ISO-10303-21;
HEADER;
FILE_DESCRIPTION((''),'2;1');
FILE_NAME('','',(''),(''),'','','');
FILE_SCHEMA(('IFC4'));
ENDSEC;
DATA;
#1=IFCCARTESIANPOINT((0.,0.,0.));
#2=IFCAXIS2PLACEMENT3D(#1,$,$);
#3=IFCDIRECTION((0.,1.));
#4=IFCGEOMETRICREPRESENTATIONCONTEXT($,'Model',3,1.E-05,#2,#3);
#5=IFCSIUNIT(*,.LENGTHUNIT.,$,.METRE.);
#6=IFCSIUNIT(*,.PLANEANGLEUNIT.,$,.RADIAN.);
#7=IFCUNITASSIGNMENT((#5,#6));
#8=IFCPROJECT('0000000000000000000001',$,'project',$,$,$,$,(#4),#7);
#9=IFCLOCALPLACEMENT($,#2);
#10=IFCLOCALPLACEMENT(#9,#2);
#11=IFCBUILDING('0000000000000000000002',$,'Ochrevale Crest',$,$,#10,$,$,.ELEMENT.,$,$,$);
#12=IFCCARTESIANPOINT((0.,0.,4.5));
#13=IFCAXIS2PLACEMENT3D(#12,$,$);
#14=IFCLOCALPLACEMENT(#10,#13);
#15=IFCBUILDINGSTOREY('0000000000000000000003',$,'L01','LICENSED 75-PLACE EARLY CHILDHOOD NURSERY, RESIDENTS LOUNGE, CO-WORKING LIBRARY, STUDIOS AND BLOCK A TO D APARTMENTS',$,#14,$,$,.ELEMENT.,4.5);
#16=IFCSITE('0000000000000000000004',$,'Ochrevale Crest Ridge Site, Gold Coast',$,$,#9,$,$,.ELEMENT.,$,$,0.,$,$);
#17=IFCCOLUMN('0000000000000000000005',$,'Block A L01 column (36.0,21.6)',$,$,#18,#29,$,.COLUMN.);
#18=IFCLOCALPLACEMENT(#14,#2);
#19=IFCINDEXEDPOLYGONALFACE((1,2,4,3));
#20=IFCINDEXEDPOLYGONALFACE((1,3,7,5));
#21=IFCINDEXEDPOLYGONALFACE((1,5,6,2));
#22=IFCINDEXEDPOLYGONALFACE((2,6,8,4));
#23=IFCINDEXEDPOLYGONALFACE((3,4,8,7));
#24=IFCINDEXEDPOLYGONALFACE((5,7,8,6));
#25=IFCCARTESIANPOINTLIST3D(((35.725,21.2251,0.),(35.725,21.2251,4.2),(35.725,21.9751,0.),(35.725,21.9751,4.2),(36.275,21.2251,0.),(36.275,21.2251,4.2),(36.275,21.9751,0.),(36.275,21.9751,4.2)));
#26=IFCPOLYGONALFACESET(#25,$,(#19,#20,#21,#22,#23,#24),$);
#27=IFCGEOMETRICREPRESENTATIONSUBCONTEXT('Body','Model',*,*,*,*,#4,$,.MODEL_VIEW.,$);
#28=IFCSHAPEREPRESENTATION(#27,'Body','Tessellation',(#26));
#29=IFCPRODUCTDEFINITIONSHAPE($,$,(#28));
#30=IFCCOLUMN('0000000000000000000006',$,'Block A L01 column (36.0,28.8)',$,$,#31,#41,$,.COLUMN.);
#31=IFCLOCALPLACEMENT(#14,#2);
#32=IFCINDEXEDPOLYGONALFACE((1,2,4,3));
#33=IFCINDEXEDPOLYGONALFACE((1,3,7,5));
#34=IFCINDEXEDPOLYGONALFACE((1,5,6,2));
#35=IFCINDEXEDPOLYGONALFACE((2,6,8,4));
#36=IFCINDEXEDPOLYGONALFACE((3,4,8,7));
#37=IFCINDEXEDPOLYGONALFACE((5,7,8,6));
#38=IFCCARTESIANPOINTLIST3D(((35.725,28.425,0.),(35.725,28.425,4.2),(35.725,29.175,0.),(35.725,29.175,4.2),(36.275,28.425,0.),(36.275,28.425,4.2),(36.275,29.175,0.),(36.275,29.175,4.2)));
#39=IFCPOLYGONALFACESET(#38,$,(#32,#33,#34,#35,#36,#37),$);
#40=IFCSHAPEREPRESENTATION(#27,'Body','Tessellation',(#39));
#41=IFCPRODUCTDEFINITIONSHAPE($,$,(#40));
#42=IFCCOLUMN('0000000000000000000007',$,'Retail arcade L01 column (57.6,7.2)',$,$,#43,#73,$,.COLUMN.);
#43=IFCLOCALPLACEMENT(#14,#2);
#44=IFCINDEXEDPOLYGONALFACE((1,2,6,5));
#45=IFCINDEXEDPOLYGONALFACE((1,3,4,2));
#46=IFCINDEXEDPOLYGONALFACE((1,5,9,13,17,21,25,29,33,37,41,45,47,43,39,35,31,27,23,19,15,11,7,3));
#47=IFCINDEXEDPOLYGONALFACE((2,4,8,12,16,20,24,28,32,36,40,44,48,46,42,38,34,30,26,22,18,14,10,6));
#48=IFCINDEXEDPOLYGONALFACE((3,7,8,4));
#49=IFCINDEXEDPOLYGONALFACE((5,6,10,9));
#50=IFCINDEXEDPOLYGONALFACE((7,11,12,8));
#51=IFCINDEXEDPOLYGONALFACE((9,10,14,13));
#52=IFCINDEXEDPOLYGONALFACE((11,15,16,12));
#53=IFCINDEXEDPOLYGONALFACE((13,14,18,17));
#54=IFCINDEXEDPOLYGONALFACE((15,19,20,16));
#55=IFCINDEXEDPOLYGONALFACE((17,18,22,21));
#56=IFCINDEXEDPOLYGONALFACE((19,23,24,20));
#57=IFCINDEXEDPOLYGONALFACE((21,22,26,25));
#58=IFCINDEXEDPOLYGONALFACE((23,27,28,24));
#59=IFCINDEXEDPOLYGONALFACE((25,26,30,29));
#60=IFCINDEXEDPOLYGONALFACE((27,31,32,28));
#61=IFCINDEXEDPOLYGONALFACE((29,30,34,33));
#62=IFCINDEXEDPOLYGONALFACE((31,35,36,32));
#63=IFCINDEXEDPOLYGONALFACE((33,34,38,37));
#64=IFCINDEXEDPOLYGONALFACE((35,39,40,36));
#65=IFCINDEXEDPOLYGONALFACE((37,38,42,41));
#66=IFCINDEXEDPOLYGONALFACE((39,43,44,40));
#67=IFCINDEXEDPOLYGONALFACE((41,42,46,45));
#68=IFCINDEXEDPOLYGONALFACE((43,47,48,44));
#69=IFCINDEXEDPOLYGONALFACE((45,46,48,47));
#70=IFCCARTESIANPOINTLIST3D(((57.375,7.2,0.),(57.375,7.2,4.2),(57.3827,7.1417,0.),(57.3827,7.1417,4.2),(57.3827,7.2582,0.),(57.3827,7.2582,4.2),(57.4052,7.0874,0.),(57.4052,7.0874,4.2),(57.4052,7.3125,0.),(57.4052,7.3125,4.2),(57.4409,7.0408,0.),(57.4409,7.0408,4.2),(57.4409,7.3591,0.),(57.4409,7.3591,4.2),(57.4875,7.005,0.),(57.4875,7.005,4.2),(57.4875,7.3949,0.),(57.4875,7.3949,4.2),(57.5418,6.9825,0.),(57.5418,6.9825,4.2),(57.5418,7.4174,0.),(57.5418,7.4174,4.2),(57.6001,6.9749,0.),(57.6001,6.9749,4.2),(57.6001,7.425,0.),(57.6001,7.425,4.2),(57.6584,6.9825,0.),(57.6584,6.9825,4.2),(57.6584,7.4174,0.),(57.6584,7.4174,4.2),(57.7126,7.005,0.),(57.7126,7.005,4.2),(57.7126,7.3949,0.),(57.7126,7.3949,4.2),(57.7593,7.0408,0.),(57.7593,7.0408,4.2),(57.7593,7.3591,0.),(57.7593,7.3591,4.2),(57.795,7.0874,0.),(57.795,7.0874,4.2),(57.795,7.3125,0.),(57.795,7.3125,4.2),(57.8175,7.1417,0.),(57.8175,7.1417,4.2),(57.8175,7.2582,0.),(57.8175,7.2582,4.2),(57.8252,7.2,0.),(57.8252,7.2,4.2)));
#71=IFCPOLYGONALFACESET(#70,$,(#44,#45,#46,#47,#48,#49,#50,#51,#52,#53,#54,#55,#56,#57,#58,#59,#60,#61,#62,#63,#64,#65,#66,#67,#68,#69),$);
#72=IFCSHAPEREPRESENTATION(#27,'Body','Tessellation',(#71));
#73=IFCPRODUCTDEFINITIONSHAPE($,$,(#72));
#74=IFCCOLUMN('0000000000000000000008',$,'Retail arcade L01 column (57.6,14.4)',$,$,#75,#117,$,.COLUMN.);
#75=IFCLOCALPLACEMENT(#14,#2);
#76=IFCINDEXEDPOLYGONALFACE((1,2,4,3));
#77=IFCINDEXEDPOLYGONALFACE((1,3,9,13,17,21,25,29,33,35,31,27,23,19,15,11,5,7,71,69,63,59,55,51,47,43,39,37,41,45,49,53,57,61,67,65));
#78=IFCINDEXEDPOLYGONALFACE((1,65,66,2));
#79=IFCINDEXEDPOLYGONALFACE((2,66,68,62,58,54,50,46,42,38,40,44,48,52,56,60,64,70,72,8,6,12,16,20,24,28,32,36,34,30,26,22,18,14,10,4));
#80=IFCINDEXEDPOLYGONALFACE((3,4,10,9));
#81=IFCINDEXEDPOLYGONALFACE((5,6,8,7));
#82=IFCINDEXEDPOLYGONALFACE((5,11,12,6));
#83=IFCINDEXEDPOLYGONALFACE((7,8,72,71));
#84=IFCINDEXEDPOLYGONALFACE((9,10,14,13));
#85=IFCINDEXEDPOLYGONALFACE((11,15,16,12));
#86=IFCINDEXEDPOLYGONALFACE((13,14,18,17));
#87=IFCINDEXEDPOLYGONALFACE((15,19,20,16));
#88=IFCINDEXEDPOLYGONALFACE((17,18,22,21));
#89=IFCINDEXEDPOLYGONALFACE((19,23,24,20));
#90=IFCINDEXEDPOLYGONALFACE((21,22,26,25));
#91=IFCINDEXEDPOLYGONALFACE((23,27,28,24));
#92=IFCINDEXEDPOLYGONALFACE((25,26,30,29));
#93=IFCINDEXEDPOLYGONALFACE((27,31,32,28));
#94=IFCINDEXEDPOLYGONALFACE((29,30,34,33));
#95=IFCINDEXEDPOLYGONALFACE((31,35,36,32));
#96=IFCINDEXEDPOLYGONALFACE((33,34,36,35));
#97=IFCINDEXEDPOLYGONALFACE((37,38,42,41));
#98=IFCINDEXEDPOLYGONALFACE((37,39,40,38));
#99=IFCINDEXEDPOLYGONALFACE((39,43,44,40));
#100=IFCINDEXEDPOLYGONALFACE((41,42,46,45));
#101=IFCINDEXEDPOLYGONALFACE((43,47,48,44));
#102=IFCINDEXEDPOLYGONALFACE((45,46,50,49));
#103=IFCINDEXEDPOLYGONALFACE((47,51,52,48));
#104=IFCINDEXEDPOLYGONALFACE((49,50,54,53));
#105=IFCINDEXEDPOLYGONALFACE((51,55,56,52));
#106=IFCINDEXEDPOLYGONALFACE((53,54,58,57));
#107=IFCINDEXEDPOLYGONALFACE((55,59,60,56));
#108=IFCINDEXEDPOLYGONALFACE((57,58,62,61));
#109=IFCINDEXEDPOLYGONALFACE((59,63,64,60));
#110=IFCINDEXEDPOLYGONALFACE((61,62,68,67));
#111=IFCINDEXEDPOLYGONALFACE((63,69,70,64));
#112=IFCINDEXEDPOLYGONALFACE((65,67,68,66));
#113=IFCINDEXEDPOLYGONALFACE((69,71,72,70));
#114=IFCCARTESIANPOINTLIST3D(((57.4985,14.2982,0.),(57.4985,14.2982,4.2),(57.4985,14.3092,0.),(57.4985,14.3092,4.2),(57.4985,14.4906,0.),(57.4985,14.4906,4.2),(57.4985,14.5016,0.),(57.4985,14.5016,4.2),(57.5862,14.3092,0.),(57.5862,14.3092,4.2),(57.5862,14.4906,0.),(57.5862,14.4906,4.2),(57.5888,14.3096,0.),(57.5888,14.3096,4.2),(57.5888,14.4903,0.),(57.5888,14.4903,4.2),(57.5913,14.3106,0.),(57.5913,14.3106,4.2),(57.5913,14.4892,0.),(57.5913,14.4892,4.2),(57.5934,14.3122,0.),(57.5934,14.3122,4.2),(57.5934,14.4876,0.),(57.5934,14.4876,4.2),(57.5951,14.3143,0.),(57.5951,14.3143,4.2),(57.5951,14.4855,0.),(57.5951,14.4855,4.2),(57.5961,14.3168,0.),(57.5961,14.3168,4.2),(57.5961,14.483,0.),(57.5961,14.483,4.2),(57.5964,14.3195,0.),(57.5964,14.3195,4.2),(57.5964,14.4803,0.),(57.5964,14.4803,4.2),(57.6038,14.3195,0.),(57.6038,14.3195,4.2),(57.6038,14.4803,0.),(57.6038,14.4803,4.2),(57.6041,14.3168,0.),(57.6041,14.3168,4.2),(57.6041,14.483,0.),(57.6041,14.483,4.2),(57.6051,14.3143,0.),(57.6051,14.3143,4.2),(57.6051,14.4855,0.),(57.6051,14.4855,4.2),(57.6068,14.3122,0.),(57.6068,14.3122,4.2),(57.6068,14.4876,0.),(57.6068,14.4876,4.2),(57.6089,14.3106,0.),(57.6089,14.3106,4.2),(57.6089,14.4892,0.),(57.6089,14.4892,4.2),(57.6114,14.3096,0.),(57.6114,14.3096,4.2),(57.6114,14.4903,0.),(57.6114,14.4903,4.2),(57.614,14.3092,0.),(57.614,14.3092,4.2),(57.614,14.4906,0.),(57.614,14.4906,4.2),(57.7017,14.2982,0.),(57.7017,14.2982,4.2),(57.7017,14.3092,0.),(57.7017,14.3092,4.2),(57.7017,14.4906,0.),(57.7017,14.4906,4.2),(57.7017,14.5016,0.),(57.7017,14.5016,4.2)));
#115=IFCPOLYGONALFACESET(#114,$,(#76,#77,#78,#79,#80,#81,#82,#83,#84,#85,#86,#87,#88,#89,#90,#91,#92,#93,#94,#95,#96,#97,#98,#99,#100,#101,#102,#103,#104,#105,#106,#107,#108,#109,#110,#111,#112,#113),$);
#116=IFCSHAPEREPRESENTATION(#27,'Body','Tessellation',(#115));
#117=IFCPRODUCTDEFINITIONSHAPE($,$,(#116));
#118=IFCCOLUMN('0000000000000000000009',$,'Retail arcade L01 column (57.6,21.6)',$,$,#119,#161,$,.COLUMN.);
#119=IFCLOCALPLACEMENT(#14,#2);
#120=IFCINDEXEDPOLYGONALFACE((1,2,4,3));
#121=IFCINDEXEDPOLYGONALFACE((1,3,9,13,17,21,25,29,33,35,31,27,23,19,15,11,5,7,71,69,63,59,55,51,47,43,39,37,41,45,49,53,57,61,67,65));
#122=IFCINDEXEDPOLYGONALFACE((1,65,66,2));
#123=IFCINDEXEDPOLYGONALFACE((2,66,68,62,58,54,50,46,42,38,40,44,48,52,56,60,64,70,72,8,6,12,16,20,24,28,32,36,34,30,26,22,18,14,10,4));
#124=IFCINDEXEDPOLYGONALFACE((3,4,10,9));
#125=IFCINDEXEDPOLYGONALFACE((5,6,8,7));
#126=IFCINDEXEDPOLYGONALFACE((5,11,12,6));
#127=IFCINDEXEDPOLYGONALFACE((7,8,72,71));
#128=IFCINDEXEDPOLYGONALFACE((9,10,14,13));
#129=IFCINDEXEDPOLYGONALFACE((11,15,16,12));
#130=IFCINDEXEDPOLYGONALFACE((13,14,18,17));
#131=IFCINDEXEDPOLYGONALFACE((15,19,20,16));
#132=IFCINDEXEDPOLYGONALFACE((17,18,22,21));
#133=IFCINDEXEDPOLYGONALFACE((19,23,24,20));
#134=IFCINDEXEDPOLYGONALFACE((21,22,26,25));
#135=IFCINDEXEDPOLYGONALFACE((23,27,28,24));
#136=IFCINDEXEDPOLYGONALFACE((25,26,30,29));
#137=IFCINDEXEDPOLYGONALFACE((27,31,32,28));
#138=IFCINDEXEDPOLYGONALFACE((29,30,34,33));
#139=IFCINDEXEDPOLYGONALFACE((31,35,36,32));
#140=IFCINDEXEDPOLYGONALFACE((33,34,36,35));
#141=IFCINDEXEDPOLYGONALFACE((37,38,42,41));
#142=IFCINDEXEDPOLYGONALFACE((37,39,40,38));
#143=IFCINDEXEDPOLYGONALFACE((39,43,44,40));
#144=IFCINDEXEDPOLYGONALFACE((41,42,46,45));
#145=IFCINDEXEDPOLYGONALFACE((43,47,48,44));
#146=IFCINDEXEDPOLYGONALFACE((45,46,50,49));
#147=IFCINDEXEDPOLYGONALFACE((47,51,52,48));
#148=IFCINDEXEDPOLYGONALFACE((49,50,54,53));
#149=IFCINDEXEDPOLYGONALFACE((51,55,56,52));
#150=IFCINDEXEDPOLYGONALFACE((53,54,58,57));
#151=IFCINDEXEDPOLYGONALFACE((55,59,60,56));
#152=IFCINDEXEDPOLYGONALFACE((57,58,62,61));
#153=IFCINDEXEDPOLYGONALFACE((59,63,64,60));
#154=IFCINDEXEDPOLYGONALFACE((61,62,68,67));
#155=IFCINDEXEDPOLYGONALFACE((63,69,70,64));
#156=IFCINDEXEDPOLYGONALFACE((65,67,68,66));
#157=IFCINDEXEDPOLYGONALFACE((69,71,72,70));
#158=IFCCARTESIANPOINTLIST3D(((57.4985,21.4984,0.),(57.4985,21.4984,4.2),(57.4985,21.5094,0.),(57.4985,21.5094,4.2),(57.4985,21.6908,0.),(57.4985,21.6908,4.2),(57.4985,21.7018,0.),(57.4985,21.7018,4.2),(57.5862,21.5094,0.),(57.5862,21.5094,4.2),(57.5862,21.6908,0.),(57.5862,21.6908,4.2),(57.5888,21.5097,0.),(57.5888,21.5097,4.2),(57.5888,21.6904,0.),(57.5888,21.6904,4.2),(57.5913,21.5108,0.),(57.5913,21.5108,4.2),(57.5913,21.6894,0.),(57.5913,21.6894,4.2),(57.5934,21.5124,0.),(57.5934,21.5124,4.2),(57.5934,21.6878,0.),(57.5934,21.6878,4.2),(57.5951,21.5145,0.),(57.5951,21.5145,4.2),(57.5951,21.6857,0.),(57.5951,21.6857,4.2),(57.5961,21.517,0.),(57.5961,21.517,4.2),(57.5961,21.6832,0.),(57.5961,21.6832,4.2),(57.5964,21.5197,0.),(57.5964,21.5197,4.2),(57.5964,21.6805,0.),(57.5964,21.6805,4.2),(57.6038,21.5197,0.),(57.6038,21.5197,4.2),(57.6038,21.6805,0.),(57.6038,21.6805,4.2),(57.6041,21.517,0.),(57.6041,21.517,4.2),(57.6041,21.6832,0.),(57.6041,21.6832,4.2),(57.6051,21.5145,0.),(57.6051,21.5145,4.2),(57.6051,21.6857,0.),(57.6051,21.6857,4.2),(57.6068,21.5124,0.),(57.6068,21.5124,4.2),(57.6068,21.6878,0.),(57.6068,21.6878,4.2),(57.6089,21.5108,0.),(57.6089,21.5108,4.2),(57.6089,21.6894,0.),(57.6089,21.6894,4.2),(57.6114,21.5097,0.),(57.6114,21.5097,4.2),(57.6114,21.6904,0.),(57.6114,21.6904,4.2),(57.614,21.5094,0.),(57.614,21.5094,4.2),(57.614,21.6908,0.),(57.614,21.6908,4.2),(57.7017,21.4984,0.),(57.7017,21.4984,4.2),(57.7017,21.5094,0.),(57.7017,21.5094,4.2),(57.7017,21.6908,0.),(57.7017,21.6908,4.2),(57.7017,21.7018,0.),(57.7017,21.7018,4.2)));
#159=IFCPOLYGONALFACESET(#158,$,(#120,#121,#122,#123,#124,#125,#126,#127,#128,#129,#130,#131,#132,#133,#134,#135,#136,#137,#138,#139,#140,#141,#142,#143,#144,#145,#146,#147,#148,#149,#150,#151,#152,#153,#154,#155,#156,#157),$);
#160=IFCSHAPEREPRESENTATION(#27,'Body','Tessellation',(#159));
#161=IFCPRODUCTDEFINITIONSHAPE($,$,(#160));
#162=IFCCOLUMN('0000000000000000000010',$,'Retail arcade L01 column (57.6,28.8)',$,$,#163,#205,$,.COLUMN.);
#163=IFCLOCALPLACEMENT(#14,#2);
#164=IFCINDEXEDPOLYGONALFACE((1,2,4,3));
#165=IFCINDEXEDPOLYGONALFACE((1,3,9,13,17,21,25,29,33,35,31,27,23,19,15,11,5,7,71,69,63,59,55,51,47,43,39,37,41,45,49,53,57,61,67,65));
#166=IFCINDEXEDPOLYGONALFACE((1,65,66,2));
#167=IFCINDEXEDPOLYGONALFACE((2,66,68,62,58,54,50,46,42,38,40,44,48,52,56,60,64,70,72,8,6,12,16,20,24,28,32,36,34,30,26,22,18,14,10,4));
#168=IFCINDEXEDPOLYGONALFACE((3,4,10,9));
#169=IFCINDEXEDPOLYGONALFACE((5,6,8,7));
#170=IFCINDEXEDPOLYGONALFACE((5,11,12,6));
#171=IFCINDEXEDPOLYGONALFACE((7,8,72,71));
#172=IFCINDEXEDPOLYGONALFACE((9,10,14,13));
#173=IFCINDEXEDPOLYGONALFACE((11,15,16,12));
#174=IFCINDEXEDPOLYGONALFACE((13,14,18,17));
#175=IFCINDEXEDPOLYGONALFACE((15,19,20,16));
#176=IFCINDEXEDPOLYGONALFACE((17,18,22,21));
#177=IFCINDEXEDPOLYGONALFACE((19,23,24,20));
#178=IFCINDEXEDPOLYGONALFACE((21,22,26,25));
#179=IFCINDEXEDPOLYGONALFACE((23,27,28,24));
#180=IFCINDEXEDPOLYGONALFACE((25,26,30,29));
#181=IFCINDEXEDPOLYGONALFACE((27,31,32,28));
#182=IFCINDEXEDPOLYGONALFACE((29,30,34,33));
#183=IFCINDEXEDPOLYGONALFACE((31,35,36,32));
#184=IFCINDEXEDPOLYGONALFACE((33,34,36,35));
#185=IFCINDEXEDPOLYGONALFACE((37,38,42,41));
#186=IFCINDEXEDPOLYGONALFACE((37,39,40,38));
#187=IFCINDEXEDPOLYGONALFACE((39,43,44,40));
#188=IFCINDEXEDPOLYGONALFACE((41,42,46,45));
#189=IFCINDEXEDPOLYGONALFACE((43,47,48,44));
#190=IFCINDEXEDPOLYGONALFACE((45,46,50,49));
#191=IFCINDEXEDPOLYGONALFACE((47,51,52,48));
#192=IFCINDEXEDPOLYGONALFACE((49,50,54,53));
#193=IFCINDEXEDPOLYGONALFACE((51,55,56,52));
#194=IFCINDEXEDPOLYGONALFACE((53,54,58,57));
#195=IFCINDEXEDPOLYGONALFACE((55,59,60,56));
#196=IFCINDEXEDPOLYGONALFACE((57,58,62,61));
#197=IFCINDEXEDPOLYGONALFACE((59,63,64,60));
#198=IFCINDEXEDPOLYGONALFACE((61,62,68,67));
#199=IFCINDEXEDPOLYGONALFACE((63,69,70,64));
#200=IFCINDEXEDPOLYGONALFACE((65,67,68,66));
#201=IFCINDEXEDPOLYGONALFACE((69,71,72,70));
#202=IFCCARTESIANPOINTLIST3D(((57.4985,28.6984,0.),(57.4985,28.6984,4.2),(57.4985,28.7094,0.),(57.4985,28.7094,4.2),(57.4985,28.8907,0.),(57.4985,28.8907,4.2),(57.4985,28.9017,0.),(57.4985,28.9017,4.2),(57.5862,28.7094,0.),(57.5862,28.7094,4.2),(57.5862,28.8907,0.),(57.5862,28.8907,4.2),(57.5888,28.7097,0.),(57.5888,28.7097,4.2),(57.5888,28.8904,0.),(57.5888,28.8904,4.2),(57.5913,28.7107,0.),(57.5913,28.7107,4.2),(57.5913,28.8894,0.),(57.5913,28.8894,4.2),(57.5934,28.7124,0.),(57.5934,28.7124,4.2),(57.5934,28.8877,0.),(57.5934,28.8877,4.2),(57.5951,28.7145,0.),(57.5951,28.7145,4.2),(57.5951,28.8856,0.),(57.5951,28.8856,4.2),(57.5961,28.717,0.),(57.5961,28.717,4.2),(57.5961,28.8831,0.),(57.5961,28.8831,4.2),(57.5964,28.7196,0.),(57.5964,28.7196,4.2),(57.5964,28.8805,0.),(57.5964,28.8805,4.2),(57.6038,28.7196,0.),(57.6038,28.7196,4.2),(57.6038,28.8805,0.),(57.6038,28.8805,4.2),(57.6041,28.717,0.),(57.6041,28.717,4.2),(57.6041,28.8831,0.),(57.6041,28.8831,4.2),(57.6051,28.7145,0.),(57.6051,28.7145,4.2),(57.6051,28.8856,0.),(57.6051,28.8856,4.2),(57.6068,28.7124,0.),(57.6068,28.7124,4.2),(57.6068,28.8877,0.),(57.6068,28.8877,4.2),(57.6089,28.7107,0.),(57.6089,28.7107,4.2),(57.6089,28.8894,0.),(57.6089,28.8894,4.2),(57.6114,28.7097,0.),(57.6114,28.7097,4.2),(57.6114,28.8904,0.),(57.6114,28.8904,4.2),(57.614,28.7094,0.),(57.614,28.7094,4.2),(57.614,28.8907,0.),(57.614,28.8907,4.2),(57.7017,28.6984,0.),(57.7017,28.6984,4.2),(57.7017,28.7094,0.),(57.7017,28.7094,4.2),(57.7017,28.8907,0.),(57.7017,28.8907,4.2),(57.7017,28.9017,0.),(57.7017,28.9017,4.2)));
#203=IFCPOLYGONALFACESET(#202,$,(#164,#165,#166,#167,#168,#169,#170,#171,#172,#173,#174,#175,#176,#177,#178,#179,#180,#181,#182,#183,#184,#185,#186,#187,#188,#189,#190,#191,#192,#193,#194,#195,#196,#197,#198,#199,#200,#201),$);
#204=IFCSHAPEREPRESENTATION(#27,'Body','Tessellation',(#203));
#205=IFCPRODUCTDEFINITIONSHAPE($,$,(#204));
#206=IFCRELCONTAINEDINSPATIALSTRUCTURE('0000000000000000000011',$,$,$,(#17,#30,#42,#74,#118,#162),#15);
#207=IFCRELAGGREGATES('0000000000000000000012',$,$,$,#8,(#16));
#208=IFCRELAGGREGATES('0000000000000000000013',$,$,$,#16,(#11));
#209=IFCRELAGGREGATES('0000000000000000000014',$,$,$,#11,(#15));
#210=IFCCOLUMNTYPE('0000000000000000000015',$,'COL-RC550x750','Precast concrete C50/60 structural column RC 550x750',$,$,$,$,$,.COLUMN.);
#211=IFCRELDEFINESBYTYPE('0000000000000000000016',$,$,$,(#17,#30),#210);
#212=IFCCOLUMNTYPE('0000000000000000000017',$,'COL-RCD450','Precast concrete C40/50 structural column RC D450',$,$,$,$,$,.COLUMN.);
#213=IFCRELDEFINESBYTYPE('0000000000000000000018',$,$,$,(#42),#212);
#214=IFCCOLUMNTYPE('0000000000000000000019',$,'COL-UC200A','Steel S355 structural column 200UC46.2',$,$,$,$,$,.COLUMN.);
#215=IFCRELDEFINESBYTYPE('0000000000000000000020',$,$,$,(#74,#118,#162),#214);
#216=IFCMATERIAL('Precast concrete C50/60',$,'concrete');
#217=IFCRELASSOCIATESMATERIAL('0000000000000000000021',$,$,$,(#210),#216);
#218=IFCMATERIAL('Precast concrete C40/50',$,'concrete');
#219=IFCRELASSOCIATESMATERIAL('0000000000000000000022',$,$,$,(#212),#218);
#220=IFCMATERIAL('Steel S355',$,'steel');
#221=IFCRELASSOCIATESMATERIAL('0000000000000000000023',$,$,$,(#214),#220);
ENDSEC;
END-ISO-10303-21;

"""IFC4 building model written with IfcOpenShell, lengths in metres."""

from ifc_helpers import new_model, si_unit, direction, frame, origin, origin_2d, place, context, subcontext, project, spatial, rectangle, circle, i_section, extrude, material, material_profile, profile_set, type_object, element, save


model = new_model("IFC4")

# Units and contexts
model_context = context("Model", 3, precision=1e-05, world=origin(), true_north=direction((0.0, 1.0)))
body_context = subcontext(model_context, "Body", "Model", "MODEL_VIEW")
ifc_project = project(units=[si_unit("LENGTHUNIT", "METRE"), si_unit("PLANEANGLEUNIT", "RADIAN")], contexts=[model_context])

# Site, building, storey
site_placement = place(None, origin())
site = spatial("IfcSite", under=ifc_project, at=site_placement, Name="Ochrevale Crest Ridge Site, Gold Coast", CompositionType="ELEMENT", RefElevation=0.0)
building_placement = place(site_placement, origin())
building = spatial("IfcBuilding", under=site, at=building_placement, Name="Ochrevale Crest", CompositionType="ELEMENT")
storey_placement = place(building_placement, frame((0.0, 0.0, 4.5)))
storey = spatial("IfcBuildingStorey", under=building, at=storey_placement, Name="L01", Description="LICENSED 75-PLACE EARLY CHILDHOOD NURSERY, RESIDENTS LOUNGE, CO-WORKING LIBRARY, STUDIOS AND BLOCK A TO D APARTMENTS", CompositionType="ELEMENT", Elevation=4.5)

# Columns
ifc_material_1 = material(Name="Precast concrete C50/60", Category="concrete")
ifc_material_profile_1 = material_profile(ifc_material_1, rectangle(XDim=0.55, YDim=0.75, at=origin_2d()), Name="RC 550x750")
ifc_profile_set_1 = profile_set([ifc_material_profile_1], Name="Precast concrete C50/60")
column_type_1 = type_object("IfcColumnType", Name="COL-RC550x750", Description="Precast concrete C50/60 structural column RC 550x750", PredefinedType="COLUMN", material=ifc_profile_set_1)
for number, where, z_axis, x_axis, name in (
    (1, (36.0, 21.6001, 0.0), (0.0, 0.0, 1.0), (1.0, 0.0, 0.0), "Block A L01 column (36.0,21.6)"),
    (2, (36.0, 28.8, 0.0), (0.0, 0.0, 1.0), (1.0, 0.0, 0.0), "Block A L01 column (36.0,28.8)"),
):
    element("IfcColumn", number, at=place(storey_placement, frame(where, z_axis=z_axis, x_axis=x_axis)), inside=storey, type_object=column_type_1, Name=name, PredefinedType="COLUMN", context=body_context, shape_type="SweptSolid", body=[
        extrude(rectangle(XDim=0.55, YDim=0.75, at=origin_2d()), origin(), (0.0, 0.0, 1.0), 4.2),
    ])
ifc_material_2 = material(Name="Precast concrete C40/50", Category="concrete")
ifc_material_profile_2 = material_profile(ifc_material_2, circle(Radius=0.2251, at=origin_2d()), Name="RC D450")
ifc_profile_set_2 = profile_set([ifc_material_profile_2], Name="Precast concrete C40/50")
column_type_2 = type_object("IfcColumnType", Name="COL-RCD450", Description="Precast concrete C40/50 structural column RC D450", PredefinedType="COLUMN", material=ifc_profile_set_2)
column_placement = place(storey_placement, frame((57.6001, 7.2, 0.0), z_axis=(0.0, 0.0, 1.0), x_axis=(1.0, 0.0, 0.0)))
element("IfcColumn", 3, at=column_placement, inside=storey, type_object=column_type_2, Name="Retail arcade L01 column (57.6,7.2)", PredefinedType="COLUMN", context=body_context, shape_type="SweptSolid", body=[
    extrude(circle(Radius=0.2251, at=origin_2d()), origin(), (0.0, 0.0, 1.0), 4.2),
])
ifc_material_3 = material(Name="Steel S355", Category="steel")
ifc_material_profile_3 = material_profile(ifc_material_3, i_section(OverallWidth=0.2031, OverallDepth=0.2034, WebThickness=0.0073, FlangeThickness=0.011, FilletRadius=0.0103, at=origin_2d()), Name="200UC46.2")
ifc_profile_set_3 = profile_set([ifc_material_profile_3], Name="Steel S355")
column_type_3 = type_object("IfcColumnType", Name="COL-UC200A", Description="Steel S355 structural column 200UC46.2", PredefinedType="COLUMN", material=ifc_profile_set_3)
for number, where, z_axis, x_axis, name in (
    (4, (57.6001, 14.3999, 0.0), (0.0, 0.0, 1.0), (1.0, 0.0, 0.0), "Retail arcade L01 column (57.6,14.4)"),
    (5, (57.6001, 21.6001, 0.0), (0.0, 0.0, 1.0), (1.0, 0.0, 0.0), "Retail arcade L01 column (57.6,21.6)"),
    (6, (57.6001, 28.8, 0.0), (0.0, 0.0, 1.0), (1.0, 0.0, 0.0), "Retail arcade L01 column (57.6,28.8)"),
):
    element("IfcColumn", number, at=place(storey_placement, frame(where, z_axis=z_axis, x_axis=x_axis)), inside=storey, type_object=column_type_3, Name=name, PredefinedType="COLUMN", context=body_context, shape_type="SweptSolid", body=[
        extrude(i_section(OverallWidth=0.2031, OverallDepth=0.2034, WebThickness=0.0073, FlangeThickness=0.011, FilletRadius=0.0103, at=origin_2d()), origin(), (0.0, 0.0, 1.0), 4.2),
    ])

save(model, "model.ifc")
